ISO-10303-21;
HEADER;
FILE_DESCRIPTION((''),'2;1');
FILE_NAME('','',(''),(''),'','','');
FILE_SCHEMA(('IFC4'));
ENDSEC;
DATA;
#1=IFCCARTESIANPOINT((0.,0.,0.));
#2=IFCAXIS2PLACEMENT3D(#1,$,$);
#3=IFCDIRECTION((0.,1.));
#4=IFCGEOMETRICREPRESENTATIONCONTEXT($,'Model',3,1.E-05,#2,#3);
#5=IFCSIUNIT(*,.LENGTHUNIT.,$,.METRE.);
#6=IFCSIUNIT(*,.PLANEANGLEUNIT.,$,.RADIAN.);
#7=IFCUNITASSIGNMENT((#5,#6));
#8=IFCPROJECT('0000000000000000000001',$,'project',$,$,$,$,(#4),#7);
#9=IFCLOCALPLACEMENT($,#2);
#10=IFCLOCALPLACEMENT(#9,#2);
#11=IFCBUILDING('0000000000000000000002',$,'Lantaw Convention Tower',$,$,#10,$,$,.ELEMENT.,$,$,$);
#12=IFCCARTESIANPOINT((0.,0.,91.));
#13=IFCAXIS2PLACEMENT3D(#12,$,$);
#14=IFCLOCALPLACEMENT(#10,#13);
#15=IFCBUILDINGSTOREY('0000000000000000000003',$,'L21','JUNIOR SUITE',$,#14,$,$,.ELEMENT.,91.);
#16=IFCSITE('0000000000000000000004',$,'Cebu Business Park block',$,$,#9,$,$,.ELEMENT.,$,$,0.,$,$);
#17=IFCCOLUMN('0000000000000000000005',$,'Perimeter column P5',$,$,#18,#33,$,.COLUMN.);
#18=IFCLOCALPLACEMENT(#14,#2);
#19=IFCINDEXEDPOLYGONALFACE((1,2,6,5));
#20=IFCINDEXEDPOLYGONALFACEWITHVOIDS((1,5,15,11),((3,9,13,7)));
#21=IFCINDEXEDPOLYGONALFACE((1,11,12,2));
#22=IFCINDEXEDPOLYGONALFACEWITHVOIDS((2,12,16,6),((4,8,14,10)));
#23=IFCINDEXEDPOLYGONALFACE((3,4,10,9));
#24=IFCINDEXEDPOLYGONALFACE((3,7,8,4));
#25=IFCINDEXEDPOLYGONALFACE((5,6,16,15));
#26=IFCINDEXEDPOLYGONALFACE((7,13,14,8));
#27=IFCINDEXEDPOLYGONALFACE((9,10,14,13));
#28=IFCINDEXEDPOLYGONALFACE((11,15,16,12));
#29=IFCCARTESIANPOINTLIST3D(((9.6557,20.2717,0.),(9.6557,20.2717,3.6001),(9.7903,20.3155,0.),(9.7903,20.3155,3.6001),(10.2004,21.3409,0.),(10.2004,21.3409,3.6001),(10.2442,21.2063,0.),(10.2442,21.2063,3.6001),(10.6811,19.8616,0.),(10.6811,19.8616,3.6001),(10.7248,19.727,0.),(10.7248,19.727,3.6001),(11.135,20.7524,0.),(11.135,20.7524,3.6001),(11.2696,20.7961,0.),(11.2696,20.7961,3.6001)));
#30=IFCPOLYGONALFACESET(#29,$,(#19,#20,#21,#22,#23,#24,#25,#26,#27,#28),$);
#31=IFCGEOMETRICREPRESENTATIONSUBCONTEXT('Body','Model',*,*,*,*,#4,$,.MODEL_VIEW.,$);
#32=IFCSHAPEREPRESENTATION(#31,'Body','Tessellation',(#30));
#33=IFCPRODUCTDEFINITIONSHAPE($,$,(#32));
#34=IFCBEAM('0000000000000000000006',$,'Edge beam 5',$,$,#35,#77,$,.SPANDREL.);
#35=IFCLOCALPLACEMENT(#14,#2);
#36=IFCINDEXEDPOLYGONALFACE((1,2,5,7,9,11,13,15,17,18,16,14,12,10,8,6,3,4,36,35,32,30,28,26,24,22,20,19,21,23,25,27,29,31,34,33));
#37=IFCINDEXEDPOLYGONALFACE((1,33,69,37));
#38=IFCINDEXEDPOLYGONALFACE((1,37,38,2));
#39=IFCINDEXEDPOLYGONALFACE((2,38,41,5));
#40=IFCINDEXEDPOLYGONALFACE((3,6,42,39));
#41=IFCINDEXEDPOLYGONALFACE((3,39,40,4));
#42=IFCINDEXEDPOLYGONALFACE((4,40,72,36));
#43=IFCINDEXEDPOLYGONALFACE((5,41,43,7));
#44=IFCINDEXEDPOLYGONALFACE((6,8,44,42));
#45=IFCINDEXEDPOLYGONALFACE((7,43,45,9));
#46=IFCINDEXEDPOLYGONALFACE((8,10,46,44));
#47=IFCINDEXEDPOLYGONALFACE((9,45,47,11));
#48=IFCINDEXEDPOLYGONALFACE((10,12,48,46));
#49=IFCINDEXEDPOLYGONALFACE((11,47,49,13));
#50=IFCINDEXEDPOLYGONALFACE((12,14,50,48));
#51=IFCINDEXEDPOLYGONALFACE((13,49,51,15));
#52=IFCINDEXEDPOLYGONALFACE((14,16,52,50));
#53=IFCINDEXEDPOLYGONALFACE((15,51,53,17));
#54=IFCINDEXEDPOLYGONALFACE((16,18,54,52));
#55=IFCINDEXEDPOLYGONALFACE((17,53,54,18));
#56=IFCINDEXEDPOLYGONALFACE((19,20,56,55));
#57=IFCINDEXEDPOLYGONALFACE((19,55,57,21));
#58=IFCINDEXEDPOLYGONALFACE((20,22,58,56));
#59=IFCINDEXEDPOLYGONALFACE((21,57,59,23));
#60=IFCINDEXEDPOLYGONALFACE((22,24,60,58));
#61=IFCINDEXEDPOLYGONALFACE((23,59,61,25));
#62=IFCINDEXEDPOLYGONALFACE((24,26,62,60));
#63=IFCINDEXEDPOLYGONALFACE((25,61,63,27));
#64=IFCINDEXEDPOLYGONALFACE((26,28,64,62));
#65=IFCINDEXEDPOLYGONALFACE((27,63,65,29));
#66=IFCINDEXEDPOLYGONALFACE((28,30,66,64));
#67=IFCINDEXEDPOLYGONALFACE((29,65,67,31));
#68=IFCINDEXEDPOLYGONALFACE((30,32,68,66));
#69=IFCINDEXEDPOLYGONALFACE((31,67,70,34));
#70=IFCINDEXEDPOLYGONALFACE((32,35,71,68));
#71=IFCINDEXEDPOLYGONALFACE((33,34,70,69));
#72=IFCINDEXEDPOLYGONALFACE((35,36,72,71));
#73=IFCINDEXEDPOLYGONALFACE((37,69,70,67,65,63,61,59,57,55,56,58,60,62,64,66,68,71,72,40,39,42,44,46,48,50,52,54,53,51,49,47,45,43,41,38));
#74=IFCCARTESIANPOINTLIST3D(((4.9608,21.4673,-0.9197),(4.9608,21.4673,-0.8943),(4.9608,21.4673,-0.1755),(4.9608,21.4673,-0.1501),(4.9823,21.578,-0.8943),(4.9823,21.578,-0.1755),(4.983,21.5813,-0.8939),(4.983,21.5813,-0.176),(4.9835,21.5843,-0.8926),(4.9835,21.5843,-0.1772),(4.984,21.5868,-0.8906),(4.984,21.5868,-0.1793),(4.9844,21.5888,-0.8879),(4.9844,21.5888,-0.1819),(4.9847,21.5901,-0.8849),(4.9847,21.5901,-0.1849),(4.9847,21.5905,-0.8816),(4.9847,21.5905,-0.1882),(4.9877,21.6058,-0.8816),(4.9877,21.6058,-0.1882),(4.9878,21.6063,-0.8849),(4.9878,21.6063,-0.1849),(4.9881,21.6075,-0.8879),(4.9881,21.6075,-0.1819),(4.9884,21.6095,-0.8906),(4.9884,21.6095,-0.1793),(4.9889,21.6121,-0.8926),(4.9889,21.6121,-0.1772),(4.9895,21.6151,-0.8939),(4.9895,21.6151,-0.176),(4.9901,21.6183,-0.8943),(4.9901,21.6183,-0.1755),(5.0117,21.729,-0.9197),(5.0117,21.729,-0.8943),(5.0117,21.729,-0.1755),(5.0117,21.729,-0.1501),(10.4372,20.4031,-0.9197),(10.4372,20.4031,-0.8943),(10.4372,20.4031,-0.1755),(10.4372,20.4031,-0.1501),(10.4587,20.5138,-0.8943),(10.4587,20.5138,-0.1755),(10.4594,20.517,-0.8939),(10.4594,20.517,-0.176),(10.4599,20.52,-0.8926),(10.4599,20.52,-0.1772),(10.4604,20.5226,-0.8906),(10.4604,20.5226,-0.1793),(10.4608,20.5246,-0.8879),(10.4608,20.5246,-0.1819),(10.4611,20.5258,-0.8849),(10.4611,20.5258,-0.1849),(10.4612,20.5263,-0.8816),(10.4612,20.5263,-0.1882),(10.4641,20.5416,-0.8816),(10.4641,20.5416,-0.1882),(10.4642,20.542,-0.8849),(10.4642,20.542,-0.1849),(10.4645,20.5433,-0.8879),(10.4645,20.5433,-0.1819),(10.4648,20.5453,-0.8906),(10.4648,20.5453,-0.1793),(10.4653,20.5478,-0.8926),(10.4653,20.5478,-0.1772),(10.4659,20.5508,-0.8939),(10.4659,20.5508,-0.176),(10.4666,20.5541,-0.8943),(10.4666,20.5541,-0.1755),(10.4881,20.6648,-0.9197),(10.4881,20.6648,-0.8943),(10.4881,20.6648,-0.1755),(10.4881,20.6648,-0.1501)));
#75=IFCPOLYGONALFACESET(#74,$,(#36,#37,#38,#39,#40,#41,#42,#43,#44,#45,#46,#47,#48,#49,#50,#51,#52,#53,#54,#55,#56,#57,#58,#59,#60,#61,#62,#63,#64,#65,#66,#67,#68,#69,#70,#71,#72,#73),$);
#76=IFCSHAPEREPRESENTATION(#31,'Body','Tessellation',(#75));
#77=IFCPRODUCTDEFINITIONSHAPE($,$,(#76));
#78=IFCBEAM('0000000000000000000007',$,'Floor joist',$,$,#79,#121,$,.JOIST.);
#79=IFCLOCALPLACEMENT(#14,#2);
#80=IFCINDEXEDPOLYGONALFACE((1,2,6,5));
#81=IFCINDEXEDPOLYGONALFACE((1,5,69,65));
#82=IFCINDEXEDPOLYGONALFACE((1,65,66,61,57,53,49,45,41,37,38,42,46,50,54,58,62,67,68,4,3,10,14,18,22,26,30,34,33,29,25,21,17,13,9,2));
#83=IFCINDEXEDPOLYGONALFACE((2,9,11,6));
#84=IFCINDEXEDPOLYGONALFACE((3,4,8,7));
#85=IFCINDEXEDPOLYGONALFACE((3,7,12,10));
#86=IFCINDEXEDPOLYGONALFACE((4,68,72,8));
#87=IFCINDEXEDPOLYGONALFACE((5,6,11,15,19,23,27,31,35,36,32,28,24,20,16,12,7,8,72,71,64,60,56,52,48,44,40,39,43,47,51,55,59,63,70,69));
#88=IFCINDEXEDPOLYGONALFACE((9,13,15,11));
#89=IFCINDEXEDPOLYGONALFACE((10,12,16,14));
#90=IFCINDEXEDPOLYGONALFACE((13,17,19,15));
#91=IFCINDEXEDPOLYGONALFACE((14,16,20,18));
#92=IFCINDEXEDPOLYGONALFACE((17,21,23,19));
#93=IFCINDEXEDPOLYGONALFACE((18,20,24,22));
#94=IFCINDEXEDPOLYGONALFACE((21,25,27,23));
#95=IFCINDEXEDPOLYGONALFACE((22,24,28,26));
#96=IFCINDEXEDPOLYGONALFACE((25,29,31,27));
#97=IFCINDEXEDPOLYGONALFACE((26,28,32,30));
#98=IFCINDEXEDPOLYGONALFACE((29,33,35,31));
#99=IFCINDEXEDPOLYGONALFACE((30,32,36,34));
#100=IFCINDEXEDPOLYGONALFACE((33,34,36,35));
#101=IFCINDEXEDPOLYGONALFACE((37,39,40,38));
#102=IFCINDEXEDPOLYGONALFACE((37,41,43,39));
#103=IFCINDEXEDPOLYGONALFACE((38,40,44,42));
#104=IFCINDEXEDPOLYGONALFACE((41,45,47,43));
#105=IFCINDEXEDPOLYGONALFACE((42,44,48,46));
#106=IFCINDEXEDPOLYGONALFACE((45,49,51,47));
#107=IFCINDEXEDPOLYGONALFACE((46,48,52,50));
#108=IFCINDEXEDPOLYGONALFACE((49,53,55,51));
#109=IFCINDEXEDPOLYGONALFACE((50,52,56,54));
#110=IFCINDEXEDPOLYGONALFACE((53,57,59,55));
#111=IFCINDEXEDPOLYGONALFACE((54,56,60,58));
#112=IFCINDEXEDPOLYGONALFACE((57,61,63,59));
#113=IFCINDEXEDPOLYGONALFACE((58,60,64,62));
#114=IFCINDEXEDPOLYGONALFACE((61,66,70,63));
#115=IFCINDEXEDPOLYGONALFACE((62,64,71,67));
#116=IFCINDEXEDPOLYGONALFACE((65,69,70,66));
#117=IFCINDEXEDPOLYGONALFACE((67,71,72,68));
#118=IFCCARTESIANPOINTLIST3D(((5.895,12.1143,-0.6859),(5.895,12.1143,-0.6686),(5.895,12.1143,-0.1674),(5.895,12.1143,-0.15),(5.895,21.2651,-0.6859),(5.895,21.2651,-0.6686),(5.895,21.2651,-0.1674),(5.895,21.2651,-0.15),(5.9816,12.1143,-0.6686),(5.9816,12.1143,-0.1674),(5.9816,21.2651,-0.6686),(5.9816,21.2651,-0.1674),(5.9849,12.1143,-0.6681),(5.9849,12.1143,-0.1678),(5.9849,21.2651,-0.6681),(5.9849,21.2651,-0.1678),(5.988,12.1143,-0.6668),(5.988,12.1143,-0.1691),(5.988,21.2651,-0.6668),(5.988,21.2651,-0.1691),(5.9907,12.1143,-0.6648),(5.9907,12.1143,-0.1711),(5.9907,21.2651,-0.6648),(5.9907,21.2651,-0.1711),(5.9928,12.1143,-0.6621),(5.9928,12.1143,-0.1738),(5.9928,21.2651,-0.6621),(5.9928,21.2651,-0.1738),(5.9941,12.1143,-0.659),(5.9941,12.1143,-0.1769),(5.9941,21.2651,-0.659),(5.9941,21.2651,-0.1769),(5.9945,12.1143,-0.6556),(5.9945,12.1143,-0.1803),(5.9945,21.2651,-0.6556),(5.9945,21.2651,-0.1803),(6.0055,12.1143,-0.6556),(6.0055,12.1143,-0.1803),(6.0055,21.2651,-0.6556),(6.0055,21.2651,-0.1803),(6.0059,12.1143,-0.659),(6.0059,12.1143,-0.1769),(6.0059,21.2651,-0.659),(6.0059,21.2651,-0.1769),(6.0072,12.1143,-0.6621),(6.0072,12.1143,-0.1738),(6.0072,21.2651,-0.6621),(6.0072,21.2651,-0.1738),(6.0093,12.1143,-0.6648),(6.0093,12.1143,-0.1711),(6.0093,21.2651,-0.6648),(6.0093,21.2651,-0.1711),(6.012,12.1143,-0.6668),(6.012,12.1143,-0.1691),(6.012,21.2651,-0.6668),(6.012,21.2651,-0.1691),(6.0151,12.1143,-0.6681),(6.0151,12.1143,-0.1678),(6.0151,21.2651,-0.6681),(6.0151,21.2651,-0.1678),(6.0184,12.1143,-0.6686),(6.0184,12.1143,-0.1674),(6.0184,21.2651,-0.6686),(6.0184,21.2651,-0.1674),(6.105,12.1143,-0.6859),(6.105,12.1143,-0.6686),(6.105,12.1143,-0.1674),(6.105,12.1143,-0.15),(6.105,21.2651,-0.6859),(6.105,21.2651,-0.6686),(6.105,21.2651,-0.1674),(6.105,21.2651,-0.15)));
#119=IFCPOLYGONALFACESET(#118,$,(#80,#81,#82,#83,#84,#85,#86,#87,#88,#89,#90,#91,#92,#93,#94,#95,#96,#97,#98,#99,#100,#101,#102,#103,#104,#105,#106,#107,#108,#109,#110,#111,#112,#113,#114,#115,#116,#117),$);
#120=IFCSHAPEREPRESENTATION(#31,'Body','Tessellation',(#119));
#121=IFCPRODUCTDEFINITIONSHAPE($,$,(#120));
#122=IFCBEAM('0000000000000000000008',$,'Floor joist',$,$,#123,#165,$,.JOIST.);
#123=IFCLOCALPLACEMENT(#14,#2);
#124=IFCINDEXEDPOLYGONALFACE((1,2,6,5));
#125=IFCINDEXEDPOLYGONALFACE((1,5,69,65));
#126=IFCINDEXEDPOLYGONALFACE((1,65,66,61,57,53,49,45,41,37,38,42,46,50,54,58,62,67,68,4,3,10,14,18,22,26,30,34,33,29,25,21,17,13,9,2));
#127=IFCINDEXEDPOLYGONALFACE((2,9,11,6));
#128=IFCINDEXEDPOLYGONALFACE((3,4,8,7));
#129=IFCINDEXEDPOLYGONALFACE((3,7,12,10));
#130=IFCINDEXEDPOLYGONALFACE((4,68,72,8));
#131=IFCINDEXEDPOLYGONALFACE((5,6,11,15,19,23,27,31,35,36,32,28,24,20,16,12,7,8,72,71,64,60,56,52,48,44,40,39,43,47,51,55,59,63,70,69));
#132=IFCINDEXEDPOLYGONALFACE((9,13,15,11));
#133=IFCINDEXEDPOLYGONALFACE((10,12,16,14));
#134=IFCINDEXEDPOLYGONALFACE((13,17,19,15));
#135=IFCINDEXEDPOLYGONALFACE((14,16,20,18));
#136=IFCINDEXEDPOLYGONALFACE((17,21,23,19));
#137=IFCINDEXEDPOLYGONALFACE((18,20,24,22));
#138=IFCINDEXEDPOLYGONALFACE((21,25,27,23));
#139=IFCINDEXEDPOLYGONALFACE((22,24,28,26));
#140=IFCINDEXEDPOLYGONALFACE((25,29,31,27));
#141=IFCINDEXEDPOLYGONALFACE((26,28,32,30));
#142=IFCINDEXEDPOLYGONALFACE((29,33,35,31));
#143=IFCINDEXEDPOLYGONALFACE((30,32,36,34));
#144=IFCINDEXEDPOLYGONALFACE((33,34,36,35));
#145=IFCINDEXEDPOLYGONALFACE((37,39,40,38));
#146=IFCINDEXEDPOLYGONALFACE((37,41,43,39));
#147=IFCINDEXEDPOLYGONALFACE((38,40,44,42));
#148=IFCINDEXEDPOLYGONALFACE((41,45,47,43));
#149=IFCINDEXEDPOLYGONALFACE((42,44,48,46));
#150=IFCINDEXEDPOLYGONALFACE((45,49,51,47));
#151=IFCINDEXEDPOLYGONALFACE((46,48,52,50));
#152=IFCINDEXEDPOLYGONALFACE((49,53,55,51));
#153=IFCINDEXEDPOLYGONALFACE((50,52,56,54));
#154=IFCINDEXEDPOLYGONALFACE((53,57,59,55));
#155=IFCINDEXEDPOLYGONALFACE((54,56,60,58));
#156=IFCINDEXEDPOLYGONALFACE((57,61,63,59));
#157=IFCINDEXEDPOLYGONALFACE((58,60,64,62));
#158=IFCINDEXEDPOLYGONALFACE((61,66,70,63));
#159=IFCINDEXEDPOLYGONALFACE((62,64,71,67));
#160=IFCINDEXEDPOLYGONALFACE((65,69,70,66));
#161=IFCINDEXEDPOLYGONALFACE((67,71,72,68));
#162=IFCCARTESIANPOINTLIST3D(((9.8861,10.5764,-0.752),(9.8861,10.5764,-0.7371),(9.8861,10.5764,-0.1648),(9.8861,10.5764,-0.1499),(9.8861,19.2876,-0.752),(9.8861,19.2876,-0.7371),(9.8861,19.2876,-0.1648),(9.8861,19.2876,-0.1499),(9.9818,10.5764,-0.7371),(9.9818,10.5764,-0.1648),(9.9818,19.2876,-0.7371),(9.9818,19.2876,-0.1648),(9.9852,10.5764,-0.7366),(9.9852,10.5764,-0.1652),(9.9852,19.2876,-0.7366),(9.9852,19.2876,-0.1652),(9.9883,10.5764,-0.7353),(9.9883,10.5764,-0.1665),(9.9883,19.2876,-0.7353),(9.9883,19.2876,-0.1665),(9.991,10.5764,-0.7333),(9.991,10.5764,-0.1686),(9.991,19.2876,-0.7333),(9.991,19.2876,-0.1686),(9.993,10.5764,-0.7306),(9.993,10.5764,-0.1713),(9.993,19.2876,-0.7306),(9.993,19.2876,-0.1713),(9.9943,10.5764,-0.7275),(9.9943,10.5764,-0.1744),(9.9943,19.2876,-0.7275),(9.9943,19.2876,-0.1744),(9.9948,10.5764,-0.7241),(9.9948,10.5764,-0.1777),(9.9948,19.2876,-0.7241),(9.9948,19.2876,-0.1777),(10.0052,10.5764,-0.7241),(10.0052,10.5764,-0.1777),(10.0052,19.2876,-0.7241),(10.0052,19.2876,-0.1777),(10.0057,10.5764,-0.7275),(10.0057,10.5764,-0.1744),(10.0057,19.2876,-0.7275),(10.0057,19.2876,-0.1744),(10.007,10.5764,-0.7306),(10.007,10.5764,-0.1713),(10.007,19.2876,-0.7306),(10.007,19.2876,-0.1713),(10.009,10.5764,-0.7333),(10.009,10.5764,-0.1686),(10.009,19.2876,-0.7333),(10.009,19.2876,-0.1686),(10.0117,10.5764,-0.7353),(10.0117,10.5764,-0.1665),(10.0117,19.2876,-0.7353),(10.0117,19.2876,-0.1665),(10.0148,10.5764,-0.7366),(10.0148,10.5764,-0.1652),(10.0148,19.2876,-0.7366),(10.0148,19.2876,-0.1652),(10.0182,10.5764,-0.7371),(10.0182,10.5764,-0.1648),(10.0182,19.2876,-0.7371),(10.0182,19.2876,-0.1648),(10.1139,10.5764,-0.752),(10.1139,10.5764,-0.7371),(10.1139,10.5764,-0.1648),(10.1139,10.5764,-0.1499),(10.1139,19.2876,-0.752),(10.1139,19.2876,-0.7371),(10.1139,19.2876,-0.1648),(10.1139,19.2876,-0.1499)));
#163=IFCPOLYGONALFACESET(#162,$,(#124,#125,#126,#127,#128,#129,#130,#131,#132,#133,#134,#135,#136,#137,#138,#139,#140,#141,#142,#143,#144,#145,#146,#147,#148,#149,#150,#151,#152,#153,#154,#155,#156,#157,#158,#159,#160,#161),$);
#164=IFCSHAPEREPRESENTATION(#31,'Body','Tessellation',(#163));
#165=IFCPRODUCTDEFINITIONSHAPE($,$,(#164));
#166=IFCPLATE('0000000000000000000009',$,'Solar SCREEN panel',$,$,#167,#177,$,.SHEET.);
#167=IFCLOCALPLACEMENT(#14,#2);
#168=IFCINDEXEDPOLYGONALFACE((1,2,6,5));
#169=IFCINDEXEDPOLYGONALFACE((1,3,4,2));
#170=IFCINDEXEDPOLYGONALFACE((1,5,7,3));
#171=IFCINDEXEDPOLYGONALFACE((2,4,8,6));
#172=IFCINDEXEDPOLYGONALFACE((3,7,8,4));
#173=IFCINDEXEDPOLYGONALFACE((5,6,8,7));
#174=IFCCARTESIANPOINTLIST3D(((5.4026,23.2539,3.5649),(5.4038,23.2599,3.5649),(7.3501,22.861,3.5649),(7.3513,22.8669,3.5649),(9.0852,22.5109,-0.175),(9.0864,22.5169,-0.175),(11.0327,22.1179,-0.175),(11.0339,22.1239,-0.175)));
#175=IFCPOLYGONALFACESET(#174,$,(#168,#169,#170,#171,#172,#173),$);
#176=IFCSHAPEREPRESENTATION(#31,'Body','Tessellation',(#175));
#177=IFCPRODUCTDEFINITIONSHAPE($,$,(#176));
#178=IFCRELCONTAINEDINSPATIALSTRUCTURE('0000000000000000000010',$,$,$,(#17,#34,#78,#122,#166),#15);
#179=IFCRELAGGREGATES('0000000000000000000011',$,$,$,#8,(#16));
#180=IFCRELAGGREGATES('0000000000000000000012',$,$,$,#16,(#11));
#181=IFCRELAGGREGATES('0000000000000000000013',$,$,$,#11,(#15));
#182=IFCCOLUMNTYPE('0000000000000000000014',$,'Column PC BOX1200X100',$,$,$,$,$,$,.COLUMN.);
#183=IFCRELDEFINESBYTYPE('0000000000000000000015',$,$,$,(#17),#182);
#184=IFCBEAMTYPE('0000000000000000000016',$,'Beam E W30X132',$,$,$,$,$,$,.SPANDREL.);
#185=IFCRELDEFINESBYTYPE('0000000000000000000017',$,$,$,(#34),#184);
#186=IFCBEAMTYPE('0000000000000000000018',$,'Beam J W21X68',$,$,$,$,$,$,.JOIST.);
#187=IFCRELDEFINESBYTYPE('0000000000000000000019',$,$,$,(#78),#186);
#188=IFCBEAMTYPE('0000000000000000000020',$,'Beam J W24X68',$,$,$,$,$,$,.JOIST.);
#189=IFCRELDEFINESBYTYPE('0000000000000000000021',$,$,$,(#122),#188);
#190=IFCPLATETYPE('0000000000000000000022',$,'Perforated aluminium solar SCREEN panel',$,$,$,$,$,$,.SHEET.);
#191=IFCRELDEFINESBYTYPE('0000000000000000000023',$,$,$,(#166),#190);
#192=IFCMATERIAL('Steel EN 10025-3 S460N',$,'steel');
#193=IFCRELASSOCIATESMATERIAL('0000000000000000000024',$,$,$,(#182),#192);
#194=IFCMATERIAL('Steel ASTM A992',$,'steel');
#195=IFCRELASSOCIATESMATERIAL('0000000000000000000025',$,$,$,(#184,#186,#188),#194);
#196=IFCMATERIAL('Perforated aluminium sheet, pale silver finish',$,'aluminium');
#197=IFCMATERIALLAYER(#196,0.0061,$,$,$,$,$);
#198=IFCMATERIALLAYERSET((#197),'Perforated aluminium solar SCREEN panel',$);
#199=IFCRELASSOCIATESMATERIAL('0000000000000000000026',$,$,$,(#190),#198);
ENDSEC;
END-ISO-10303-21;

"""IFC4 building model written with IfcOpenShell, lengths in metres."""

from ifc_helpers import new_model, si_unit, direction, frame, origin, origin_2d, place, context, subcontext, project, spatial, polyline, rectangle, hollow_rectangle, i_section, outline, extrude, material, layer, layer_set, material_profile, profile_set, type_object, element, save


model = new_model("IFC4")

# Units and contexts
model_context = context("Model", 3, precision=1e-05, world=origin(), true_north=direction((0.0, 1.0)))
body_context = subcontext(model_context, "Body", "Model", "MODEL_VIEW")
ifc_project = project(units=[si_unit("LENGTHUNIT", "METRE"), si_unit("PLANEANGLEUNIT", "RADIAN")], contexts=[model_context])

# Site, building, storey
site_placement = place(None, origin())
site = spatial("IfcSite", under=ifc_project, at=site_placement, Name="Cebu Business Park block", CompositionType="ELEMENT", RefElevation=0.0)
building_placement = place(site_placement, origin())
building = spatial("IfcBuilding", under=site, at=building_placement, Name="Lantaw Convention Tower", CompositionType="ELEMENT")
storey_placement = place(building_placement, frame((0.0, 0.0, 91.0)))
storey = spatial("IfcBuildingStorey", under=building, at=storey_placement, Name="L21", Description="JUNIOR SUITE", CompositionType="ELEMENT", Elevation=91.0)

# Column
ifc_material_1 = material(Name="Steel EN 10025-3 S460N", Category="steel")
ifc_material_profile_1 = material_profile(ifc_material_1, hollow_rectangle(XDim=1.2, YDim=1.2, WallThickness=0.1001, at=origin_2d()), Name="BOX1200X100")
ifc_material_2 = material(Name="Concrete C60/75", Category="concrete")
ifc_material_profile_2 = material_profile(ifc_material_2, rectangle(XDim=1.0, YDim=1.0, at=origin_2d()), Name="Concrete fill of BOX1200X100")
ifc_profile_set_1 = profile_set([ifc_material_profile_1, ifc_material_profile_2], Name="Steel EN 10025-3 S460N")
column_type = type_object("IfcColumnType", Name="Column PC BOX1200X100", PredefinedType="COLUMN", material=ifc_profile_set_1)
column_placement = place(storey_placement, frame((10.4626, 20.5339, 0.0), z_axis=(0.0, 0.0, 1.0), x_axis=(0.45399, 0.891007, 0.0)))
element("IfcColumn", 1, at=column_placement, inside=storey, type_object=column_type, Name="Perimeter column P5", PredefinedType="COLUMN", context=body_context, shape_type="SweptSolid", body=[
    extrude(hollow_rectangle(XDim=1.2, YDim=1.2, WallThickness=0.1001, at=origin_2d()), origin(), (0.0, 0.0, 1.0), 3.6001),
])

# Beams
ifc_material_3 = material(Name="Steel ASTM A992", Category="steel")
ifc_material_profile_3 = material_profile(ifc_material_3, i_section(OverallWidth=0.2666, OverallDepth=0.7695, WebThickness=0.0156, FlangeThickness=0.0254, FilletRadius=0.0127, at=origin_2d()), Name="W30X132")
ifc_profile_set_2 = profile_set([ifc_material_profile_3], Name="Steel ASTM A992")
beam_type_1 = type_object("IfcBeamType", Name="Beam E W30X132", PredefinedType="SPANDREL", material=ifc_profile_set_2)
beam_1_placement = place(storey_placement, frame((10.4626, 20.5339, -0.5349), z_axis=(-0.981637, 0.190761, 0.0), x_axis=(-0.190761, -0.981637, 0.0)))
element("IfcBeam", 2, at=beam_1_placement, inside=storey, type_object=beam_type_1, Name="Edge beam 5", PredefinedType="SPANDREL", context=body_context, shape_type="SweptSolid", body=[
    extrude(i_section(OverallWidth=0.2666, OverallDepth=0.7695, WebThickness=0.0156, FlangeThickness=0.0254, FilletRadius=0.0127, at=origin_2d()), origin(), (0.0, 0.0, 1.0), 5.5789),
])
ifc_material_profile_4 = material_profile(ifc_material_3, i_section(OverallWidth=0.21, OverallDepth=0.5359, WebThickness=0.011, FlangeThickness=0.0173, FilletRadius=0.0129, at=origin_2d()), Name="W21X68")
ifc_profile_set_3 = profile_set([ifc_material_profile_4], Name="Steel ASTM A992")
beam_type_2 = type_object("IfcBeamType", Name="Beam J W21X68", PredefinedType="JOIST", material=ifc_profile_set_3)
beam_2_placement = place(storey_placement, frame((6.0, 12.1143, -0.418), z_axis=(0.0, 1.0, 0.0), x_axis=(-1.0, 0.0, 0.0)))
element("IfcBeam", 3, at=beam_2_placement, inside=storey, type_object=beam_type_2, Name="Floor joist", PredefinedType="JOIST", context=body_context, shape_type="SweptSolid", body=[
    extrude(i_section(OverallWidth=0.21, OverallDepth=0.5359, WebThickness=0.011, FlangeThickness=0.0173, FilletRadius=0.0129, at=origin_2d()), origin(), (0.0, 0.0, 1.0), 9.1509),
])
ifc_material_profile_5 = material_profile(ifc_material_3, i_section(OverallWidth=0.2278, OverallDepth=0.6021, WebThickness=0.0105, FlangeThickness=0.0149, FilletRadius=0.0129, at=origin_2d()), Name="W24X68")
ifc_profile_set_4 = profile_set([ifc_material_profile_5], Name="Steel ASTM A992")
beam_type_3 = type_object("IfcBeamType", Name="Beam J W24X68", PredefinedType="JOIST", material=ifc_profile_set_4)
beam_3_placement = place(storey_placement, frame((10.0, 10.5764, -0.4509), z_axis=(0.0, 1.0, 0.0), x_axis=(-1.0, 0.0, 0.0)))
element("IfcBeam", 4, at=beam_3_placement, inside=storey, type_object=beam_type_3, Name="Floor joist", PredefinedType="JOIST", context=body_context, shape_type="SweptSolid", body=[
    extrude(i_section(OverallWidth=0.2278, OverallDepth=0.6021, WebThickness=0.0105, FlangeThickness=0.0149, FilletRadius=0.0129, at=origin_2d()), origin(), (0.0, 0.0, 1.0), 8.7112),
])

# Plate
ifc_material_4 = material(Name="Perforated aluminium sheet, pale silver finish", Category="aluminium")
ifc_layer_1 = layer(ifc_material_4, 0.0061)
ifc_layer_set_1 = layer_set([ifc_layer_1], Name="Perforated aluminium solar SCREEN panel")
plate_type = type_object("IfcPlateType", Name="Perforated aluminium solar SCREEN panel", PredefinedType="SHEET", material=ifc_layer_set_1)
plate_placement = place(storey_placement, frame((11.0327, 22.1179, -0.175), z_axis=(-0.197782, -0.980246, 0.000002), x_axis=(-0.980246, 0.197782, 0.0)))
element("IfcPlate", 5, at=plate_placement, inside=storey, type_object=plate_type, Name="Solar SCREEN panel", PredefinedType="SHEET", context=body_context, shape_type="SweptSolid", body=[
    extrude(outline(polyline([(0.0, 0.0), (1.9868, 0.0), (5.7436, -3.74), (3.7569, -3.74), (0.0, 0.0)])), origin(), (0.0, 0.0, -1.0), 0.0061),
])

save(model, "model.ifc")
